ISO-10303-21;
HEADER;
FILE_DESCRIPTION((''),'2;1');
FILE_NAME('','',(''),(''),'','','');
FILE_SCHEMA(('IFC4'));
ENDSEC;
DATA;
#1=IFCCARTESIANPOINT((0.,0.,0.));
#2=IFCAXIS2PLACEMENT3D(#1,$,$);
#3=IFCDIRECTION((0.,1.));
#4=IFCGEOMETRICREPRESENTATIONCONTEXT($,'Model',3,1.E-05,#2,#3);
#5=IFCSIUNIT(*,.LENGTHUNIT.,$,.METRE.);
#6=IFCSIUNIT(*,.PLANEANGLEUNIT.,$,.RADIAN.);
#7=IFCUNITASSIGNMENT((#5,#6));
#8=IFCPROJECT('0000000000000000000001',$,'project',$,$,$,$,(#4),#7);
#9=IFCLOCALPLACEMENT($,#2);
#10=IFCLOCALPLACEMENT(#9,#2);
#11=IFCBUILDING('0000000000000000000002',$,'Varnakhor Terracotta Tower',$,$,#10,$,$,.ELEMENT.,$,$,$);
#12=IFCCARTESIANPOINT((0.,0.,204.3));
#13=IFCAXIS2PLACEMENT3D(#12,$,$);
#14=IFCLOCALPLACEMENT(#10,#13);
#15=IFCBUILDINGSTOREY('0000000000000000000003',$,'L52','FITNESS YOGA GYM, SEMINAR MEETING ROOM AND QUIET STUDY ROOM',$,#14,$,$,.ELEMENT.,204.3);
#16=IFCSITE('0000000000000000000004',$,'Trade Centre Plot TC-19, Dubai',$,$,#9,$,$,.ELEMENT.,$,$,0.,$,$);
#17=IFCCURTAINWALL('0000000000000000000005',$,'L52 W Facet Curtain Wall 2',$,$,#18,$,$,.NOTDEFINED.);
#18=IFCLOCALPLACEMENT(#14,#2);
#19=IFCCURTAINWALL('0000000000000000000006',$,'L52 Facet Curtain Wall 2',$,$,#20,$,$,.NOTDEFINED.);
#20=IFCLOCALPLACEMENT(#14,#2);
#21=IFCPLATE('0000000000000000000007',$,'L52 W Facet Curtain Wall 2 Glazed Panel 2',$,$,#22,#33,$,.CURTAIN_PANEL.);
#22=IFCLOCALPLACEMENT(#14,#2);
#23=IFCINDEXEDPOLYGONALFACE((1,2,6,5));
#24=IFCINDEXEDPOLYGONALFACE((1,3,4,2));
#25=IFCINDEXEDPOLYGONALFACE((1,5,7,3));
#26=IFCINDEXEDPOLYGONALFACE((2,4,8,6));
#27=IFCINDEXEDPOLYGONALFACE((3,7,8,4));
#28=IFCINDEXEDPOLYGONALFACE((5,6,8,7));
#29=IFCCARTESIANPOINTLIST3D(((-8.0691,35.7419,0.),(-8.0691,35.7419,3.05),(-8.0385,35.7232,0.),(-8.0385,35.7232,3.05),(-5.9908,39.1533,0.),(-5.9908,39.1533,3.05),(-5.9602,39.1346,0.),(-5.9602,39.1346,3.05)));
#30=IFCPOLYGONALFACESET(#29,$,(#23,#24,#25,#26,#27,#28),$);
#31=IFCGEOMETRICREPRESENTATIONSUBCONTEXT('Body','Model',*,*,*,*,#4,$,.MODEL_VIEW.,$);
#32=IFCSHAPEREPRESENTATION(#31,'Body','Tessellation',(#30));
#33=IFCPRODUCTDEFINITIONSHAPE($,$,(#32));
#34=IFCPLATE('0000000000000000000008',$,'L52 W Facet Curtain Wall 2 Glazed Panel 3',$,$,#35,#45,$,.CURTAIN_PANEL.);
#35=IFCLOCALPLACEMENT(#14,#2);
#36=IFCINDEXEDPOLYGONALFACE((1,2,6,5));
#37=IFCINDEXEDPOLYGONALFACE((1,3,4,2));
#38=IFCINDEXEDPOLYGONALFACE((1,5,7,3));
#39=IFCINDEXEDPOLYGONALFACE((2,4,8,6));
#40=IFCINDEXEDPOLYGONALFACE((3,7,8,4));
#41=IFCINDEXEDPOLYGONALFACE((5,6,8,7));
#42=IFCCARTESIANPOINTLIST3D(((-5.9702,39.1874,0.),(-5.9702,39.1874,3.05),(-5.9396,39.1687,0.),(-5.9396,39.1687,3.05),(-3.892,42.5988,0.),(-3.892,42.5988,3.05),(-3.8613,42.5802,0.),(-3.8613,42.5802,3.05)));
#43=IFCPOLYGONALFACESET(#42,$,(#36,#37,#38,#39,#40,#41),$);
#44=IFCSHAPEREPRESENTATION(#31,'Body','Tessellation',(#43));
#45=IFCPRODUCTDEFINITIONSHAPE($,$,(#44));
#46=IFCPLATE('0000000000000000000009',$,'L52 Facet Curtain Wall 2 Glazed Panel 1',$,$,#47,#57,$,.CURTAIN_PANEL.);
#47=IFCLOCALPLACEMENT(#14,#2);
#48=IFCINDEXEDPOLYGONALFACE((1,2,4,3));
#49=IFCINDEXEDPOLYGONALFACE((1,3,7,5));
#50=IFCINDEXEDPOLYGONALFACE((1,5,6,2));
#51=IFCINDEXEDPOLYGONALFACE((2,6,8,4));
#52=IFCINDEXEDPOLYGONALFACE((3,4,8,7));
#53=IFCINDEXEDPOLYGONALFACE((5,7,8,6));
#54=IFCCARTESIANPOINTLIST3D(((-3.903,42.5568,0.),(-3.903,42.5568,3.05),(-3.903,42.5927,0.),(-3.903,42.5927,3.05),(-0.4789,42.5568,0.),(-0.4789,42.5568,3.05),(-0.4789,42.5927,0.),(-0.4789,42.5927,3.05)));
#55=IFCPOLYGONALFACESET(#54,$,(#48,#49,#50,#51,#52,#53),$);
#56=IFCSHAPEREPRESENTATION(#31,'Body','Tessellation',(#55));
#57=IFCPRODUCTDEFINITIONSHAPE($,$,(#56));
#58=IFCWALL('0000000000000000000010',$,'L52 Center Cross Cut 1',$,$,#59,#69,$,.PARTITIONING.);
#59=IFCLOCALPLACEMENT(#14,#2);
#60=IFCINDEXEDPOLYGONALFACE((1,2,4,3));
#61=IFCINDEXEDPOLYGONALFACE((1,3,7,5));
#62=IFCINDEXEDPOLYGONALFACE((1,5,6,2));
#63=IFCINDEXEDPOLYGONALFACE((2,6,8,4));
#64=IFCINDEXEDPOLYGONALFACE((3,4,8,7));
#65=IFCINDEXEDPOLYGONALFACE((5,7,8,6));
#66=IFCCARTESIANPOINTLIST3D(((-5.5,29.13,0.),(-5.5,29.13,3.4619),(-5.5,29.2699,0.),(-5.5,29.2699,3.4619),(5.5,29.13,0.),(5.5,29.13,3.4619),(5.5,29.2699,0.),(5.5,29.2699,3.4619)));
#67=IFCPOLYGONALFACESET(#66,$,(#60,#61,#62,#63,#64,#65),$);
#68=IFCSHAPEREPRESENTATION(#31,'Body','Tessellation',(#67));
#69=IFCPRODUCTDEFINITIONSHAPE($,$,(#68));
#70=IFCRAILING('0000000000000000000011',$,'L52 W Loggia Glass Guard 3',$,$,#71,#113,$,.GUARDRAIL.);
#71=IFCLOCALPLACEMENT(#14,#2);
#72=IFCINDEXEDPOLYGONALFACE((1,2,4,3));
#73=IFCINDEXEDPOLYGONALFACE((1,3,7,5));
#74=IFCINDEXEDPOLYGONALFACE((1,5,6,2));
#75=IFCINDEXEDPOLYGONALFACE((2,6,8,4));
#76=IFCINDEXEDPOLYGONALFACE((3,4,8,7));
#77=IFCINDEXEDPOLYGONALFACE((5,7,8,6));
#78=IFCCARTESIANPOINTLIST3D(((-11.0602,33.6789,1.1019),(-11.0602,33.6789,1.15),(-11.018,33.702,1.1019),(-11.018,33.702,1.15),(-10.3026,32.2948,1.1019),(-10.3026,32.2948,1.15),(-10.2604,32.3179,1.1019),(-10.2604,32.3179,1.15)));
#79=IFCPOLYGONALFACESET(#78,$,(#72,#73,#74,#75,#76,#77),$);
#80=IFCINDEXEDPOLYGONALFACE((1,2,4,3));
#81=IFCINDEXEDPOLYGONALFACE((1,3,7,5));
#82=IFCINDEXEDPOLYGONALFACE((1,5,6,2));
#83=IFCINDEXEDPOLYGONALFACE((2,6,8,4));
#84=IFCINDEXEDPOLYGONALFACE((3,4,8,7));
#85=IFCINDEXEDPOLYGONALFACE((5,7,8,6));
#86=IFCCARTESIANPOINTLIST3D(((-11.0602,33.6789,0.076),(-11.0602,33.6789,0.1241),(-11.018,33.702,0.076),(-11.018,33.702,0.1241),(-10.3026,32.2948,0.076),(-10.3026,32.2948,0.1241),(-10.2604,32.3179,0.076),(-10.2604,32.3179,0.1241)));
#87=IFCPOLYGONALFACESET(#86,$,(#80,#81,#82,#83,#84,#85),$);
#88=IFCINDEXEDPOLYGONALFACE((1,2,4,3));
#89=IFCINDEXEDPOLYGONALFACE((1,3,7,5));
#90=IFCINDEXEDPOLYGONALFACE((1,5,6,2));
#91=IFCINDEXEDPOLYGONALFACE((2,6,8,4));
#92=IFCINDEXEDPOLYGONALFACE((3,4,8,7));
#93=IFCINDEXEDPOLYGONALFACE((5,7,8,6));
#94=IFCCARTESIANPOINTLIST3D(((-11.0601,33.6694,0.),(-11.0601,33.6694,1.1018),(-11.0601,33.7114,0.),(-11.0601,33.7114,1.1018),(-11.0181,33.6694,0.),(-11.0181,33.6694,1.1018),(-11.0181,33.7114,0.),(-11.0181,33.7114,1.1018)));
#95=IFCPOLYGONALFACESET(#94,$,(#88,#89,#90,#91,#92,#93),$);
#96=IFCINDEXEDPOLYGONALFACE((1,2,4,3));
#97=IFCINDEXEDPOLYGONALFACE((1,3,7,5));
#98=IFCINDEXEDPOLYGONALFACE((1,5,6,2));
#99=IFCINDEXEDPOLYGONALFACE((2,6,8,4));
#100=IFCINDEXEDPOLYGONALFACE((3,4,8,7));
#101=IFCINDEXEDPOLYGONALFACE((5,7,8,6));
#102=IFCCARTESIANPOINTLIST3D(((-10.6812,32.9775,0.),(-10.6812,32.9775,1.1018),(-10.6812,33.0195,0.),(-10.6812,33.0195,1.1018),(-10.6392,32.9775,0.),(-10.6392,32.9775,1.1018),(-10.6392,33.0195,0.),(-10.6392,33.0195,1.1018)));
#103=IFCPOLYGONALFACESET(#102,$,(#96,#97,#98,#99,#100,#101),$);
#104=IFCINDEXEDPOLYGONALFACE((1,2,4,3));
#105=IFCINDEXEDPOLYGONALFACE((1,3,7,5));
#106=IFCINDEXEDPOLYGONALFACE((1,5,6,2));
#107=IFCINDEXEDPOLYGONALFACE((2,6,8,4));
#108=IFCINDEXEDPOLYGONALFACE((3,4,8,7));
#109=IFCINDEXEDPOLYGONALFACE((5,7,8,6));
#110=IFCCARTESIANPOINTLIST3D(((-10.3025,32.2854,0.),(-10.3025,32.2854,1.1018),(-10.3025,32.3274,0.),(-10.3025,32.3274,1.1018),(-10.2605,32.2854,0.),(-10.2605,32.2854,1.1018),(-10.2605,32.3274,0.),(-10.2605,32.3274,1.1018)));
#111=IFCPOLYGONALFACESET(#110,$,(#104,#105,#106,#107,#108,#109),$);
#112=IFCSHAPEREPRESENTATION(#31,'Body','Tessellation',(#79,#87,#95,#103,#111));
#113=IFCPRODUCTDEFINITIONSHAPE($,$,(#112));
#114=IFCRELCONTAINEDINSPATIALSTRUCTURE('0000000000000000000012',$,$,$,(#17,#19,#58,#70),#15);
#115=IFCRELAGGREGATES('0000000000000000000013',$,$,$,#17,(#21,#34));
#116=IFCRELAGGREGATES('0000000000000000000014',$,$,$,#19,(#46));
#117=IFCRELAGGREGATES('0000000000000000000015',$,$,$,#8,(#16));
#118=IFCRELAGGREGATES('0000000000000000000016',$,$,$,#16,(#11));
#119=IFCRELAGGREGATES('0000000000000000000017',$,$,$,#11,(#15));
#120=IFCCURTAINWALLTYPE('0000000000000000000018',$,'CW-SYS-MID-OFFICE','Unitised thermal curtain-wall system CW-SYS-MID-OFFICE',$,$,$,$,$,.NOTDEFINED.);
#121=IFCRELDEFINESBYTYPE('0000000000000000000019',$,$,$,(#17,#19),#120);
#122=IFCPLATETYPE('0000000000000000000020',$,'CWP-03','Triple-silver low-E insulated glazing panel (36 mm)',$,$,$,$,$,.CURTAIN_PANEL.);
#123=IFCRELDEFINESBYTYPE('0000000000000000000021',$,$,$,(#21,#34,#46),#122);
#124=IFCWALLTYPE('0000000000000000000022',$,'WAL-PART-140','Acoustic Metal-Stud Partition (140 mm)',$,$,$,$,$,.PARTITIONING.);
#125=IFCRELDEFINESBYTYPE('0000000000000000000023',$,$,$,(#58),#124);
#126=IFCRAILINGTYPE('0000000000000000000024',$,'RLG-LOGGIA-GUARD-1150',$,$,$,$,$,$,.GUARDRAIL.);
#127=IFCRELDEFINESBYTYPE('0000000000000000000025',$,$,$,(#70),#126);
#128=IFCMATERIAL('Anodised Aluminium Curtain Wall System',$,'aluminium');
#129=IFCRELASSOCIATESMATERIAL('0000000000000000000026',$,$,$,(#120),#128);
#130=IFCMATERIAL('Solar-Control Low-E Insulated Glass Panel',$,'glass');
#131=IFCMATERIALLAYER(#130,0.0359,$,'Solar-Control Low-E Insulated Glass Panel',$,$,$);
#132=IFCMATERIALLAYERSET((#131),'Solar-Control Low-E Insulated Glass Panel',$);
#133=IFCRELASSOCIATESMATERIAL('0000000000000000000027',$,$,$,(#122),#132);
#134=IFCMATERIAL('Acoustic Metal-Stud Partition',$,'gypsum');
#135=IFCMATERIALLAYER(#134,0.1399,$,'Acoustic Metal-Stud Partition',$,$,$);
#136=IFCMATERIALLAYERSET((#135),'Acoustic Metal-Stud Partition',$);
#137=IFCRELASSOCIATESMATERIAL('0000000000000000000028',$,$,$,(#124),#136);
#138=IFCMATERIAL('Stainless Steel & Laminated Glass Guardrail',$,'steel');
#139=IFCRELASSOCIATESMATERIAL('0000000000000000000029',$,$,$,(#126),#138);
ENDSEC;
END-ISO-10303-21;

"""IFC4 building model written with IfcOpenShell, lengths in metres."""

from ifc_helpers import new_model, si_unit, direction, frame, frame_2d, origin, origin_2d, place, context, subcontext, project, spatial, rectangle, extrude, source, transform, mapped, material, layer, layer_set, type_object, element, aggregate, save


model = new_model("IFC4")

# Units and contexts
model_context = context("Model", 3, precision=1e-05, world=origin(), true_north=direction((0.0, 1.0)))
body_context = subcontext(model_context, "Body", "Model", "MODEL_VIEW")
ifc_project = project(units=[si_unit("LENGTHUNIT", "METRE"), si_unit("PLANEANGLEUNIT", "RADIAN")], contexts=[model_context])

# Site, building, storey
site_placement = place(None, origin())
site = spatial("IfcSite", under=ifc_project, at=site_placement, Name="Trade Centre Plot TC-19, Dubai", CompositionType="ELEMENT", RefElevation=0.0)
building_placement = place(site_placement, origin())
building = spatial("IfcBuilding", under=site, at=building_placement, Name="Varnakhor Terracotta Tower", CompositionType="ELEMENT")
storey_placement = place(building_placement, frame((0.0, 0.0, 204.3)))
storey = spatial("IfcBuildingStorey", under=building, at=storey_placement, Name="L52", Description="FITNESS YOGA GYM, SEMINAR MEETING ROOM AND QUIET STUDY ROOM", CompositionType="ELEMENT", Elevation=204.3)

# Curtain wall
ifc_material_1 = material(Name="Anodised Aluminium Curtain Wall System", Category="aluminium")
curtain_wall_type = type_object("IfcCurtainWallType", Name="CW-SYS-MID-OFFICE", Description="Unitised thermal curtain-wall system CW-SYS-MID-OFFICE", PredefinedType="NOTDEFINED", material=ifc_material_1)
curtain_wall_1_placement = place(storey_placement, origin())
curtain_wall_1 = element("IfcCurtainWall", 1, at=curtain_wall_1_placement, inside=storey, type_object=curtain_wall_type, Name="L52 W Facet Curtain Wall 2", PredefinedType="NOTDEFINED")

# Curtain wall
curtain_wall_2_placement = place(storey_placement, origin())
curtain_wall_2 = element("IfcCurtainWall", 2, at=curtain_wall_2_placement, inside=storey, type_object=curtain_wall_type, Name="L52 Facet Curtain Wall 2", PredefinedType="NOTDEFINED")

# Plates
ifc_material_2 = material(Name="Solar-Control Low-E Insulated Glass Panel", Category="glass")
ifc_layer_1 = layer(ifc_material_2, 0.0359, Name="Solar-Control Low-E Insulated Glass Panel")
ifc_layer_set_1 = layer_set([ifc_layer_1], Name="Solar-Control Low-E Insulated Glass Panel")
plate_type = type_object("IfcPlateType", Name="CWP-03", Description="Triple-silver low-E insulated glazing panel (36 mm)", PredefinedType="CURTAIN_PANEL", material=ifc_layer_set_1)
shared_shape_1 = source(origin(), body_context, "Body", "SweptSolid", [
    extrude(rectangle(XDim=3.9946, YDim=0.0359, at=origin_2d()), origin(), (0.0, 0.0, 1.0), 3.05),
])
plate_1_placement = place(storey_placement, frame((-7.0146, 37.4382, 0.0), z_axis=(0.0, 0.0, 1.0), x_axis=(0.520265, 0.854005, 0.0)))
plate_1 = element("IfcPlate", 3, at=plate_1_placement, type_object=plate_type, Name="L52 W Facet Curtain Wall 2 Glazed Panel 2", PredefinedType="CURTAIN_PANEL", context=body_context, shape_type="MappedRepresentation", body=[
    mapped(shared_shape_1, transform((0.0, 0.0, 0.0), scale=1.0)),
])
plate_2_placement = place(storey_placement, frame((-4.9158, 40.8838, 0.0), z_axis=(0.0, 0.0, 1.0), x_axis=(0.520265, 0.854005, 0.0)))
plate_2 = element("IfcPlate", 4, at=plate_2_placement, type_object=plate_type, Name="L52 W Facet Curtain Wall 2 Glazed Panel 3", PredefinedType="CURTAIN_PANEL", context=body_context, shape_type="MappedRepresentation", body=[
    mapped(shared_shape_1, transform((0.0, 0.0, 0.0), scale=1.0)),
])
aggregate(curtain_wall_1, [plate_1, plate_2])
shared_shape_2 = source(origin(), body_context, "Body", "SweptSolid", [
    extrude(rectangle(XDim=3.4241, YDim=0.0359, at=origin_2d()), origin(), (0.0, 0.0, 1.0), 3.05),
])
plate_3_placement = place(storey_placement, frame((-2.1909, 42.5747, 0.0), z_axis=(0.0, 0.0, 1.0), x_axis=(1.0, 0.0, 0.0)))
plate_3 = element("IfcPlate", 5, at=plate_3_placement, type_object=plate_type, Name="L52 Facet Curtain Wall 2 Glazed Panel 1", PredefinedType="CURTAIN_PANEL", context=body_context, shape_type="MappedRepresentation", body=[
    mapped(shared_shape_2, transform((0.0, 0.0, 0.0), scale=1.0)),
])
aggregate(curtain_wall_2, [plate_3])

# Wall
ifc_material_3 = material(Name="Acoustic Metal-Stud Partition", Category="gypsum")
ifc_layer_2 = layer(ifc_material_3, 0.1399, Name="Acoustic Metal-Stud Partition")
ifc_layer_set_2 = layer_set([ifc_layer_2], Name="Acoustic Metal-Stud Partition")
wall_type = type_object("IfcWallType", Name="WAL-PART-140", Description="Acoustic Metal-Stud Partition (140 mm)", PredefinedType="PARTITIONING", material=ifc_layer_set_2)
wall_placement = place(storey_placement, frame((-5.5, 29.2, 0.0), z_axis=(0.0, 0.0, 1.0), x_axis=(1.0, 0.0, 0.0)))
element("IfcWall", 6, at=wall_placement, inside=storey, type_object=wall_type, Name="L52 Center Cross Cut 1", PredefinedType="PARTITIONING", context=body_context, shape_type="SweptSolid", body=[
    extrude(rectangle(XDim=11.0, YDim=0.1399, at=frame_2d((5.5, 0.0))), origin(), (0.0, 0.0, 1.0), 3.4619),
])

# Railing
ifc_material_4 = material(Name="Stainless Steel & Laminated Glass Guardrail", Category="steel")
railing_type = type_object("IfcRailingType", Name="RLG-LOGGIA-GUARD-1150", PredefinedType="GUARDRAIL", material=ifc_material_4)
railing_placement = place(storey_placement, frame((-11.0391, 33.6904, 0.0)))
element("IfcRailing", 7, at=railing_placement, inside=storey, type_object=railing_type, Name="L52 W Loggia Glass Guard 3", PredefinedType="GUARDRAIL", context=body_context, shape_type="SweptSolid", body=[
    extrude(rectangle(XDim=0.0481, YDim=0.0481, at=origin_2d()), frame((0.0, 0.0, 1.126), z_axis=(0.480142, -0.877191, 0.0), x_axis=(0.877191, 0.480142, 0.0)), (0.0, 0.0, 1.0), 1.5779),
    extrude(rectangle(XDim=0.0481, YDim=0.0481, at=origin_2d()), frame((0.0, 0.0, 0.1001), z_axis=(0.480142, -0.877191, 0.0), x_axis=(0.877191, 0.480142, 0.0)), (0.0, 0.0, 1.0), 1.5779),
    extrude(rectangle(XDim=0.042, YDim=0.042, at=origin_2d()), origin(), (0.0, 0.0, 1.0), 1.1018),
    extrude(rectangle(XDim=0.042, YDim=0.042, at=origin_2d()), frame((0.3789, -0.6919, 0.0)), (0.0, 0.0, 1.0), 1.1018),
    extrude(rectangle(XDim=0.042, YDim=0.042, at=origin_2d()), frame((0.7576, -1.384, 0.0)), (0.0, 0.0, 1.0), 1.1018),
])

save(model, "model.ifc")
